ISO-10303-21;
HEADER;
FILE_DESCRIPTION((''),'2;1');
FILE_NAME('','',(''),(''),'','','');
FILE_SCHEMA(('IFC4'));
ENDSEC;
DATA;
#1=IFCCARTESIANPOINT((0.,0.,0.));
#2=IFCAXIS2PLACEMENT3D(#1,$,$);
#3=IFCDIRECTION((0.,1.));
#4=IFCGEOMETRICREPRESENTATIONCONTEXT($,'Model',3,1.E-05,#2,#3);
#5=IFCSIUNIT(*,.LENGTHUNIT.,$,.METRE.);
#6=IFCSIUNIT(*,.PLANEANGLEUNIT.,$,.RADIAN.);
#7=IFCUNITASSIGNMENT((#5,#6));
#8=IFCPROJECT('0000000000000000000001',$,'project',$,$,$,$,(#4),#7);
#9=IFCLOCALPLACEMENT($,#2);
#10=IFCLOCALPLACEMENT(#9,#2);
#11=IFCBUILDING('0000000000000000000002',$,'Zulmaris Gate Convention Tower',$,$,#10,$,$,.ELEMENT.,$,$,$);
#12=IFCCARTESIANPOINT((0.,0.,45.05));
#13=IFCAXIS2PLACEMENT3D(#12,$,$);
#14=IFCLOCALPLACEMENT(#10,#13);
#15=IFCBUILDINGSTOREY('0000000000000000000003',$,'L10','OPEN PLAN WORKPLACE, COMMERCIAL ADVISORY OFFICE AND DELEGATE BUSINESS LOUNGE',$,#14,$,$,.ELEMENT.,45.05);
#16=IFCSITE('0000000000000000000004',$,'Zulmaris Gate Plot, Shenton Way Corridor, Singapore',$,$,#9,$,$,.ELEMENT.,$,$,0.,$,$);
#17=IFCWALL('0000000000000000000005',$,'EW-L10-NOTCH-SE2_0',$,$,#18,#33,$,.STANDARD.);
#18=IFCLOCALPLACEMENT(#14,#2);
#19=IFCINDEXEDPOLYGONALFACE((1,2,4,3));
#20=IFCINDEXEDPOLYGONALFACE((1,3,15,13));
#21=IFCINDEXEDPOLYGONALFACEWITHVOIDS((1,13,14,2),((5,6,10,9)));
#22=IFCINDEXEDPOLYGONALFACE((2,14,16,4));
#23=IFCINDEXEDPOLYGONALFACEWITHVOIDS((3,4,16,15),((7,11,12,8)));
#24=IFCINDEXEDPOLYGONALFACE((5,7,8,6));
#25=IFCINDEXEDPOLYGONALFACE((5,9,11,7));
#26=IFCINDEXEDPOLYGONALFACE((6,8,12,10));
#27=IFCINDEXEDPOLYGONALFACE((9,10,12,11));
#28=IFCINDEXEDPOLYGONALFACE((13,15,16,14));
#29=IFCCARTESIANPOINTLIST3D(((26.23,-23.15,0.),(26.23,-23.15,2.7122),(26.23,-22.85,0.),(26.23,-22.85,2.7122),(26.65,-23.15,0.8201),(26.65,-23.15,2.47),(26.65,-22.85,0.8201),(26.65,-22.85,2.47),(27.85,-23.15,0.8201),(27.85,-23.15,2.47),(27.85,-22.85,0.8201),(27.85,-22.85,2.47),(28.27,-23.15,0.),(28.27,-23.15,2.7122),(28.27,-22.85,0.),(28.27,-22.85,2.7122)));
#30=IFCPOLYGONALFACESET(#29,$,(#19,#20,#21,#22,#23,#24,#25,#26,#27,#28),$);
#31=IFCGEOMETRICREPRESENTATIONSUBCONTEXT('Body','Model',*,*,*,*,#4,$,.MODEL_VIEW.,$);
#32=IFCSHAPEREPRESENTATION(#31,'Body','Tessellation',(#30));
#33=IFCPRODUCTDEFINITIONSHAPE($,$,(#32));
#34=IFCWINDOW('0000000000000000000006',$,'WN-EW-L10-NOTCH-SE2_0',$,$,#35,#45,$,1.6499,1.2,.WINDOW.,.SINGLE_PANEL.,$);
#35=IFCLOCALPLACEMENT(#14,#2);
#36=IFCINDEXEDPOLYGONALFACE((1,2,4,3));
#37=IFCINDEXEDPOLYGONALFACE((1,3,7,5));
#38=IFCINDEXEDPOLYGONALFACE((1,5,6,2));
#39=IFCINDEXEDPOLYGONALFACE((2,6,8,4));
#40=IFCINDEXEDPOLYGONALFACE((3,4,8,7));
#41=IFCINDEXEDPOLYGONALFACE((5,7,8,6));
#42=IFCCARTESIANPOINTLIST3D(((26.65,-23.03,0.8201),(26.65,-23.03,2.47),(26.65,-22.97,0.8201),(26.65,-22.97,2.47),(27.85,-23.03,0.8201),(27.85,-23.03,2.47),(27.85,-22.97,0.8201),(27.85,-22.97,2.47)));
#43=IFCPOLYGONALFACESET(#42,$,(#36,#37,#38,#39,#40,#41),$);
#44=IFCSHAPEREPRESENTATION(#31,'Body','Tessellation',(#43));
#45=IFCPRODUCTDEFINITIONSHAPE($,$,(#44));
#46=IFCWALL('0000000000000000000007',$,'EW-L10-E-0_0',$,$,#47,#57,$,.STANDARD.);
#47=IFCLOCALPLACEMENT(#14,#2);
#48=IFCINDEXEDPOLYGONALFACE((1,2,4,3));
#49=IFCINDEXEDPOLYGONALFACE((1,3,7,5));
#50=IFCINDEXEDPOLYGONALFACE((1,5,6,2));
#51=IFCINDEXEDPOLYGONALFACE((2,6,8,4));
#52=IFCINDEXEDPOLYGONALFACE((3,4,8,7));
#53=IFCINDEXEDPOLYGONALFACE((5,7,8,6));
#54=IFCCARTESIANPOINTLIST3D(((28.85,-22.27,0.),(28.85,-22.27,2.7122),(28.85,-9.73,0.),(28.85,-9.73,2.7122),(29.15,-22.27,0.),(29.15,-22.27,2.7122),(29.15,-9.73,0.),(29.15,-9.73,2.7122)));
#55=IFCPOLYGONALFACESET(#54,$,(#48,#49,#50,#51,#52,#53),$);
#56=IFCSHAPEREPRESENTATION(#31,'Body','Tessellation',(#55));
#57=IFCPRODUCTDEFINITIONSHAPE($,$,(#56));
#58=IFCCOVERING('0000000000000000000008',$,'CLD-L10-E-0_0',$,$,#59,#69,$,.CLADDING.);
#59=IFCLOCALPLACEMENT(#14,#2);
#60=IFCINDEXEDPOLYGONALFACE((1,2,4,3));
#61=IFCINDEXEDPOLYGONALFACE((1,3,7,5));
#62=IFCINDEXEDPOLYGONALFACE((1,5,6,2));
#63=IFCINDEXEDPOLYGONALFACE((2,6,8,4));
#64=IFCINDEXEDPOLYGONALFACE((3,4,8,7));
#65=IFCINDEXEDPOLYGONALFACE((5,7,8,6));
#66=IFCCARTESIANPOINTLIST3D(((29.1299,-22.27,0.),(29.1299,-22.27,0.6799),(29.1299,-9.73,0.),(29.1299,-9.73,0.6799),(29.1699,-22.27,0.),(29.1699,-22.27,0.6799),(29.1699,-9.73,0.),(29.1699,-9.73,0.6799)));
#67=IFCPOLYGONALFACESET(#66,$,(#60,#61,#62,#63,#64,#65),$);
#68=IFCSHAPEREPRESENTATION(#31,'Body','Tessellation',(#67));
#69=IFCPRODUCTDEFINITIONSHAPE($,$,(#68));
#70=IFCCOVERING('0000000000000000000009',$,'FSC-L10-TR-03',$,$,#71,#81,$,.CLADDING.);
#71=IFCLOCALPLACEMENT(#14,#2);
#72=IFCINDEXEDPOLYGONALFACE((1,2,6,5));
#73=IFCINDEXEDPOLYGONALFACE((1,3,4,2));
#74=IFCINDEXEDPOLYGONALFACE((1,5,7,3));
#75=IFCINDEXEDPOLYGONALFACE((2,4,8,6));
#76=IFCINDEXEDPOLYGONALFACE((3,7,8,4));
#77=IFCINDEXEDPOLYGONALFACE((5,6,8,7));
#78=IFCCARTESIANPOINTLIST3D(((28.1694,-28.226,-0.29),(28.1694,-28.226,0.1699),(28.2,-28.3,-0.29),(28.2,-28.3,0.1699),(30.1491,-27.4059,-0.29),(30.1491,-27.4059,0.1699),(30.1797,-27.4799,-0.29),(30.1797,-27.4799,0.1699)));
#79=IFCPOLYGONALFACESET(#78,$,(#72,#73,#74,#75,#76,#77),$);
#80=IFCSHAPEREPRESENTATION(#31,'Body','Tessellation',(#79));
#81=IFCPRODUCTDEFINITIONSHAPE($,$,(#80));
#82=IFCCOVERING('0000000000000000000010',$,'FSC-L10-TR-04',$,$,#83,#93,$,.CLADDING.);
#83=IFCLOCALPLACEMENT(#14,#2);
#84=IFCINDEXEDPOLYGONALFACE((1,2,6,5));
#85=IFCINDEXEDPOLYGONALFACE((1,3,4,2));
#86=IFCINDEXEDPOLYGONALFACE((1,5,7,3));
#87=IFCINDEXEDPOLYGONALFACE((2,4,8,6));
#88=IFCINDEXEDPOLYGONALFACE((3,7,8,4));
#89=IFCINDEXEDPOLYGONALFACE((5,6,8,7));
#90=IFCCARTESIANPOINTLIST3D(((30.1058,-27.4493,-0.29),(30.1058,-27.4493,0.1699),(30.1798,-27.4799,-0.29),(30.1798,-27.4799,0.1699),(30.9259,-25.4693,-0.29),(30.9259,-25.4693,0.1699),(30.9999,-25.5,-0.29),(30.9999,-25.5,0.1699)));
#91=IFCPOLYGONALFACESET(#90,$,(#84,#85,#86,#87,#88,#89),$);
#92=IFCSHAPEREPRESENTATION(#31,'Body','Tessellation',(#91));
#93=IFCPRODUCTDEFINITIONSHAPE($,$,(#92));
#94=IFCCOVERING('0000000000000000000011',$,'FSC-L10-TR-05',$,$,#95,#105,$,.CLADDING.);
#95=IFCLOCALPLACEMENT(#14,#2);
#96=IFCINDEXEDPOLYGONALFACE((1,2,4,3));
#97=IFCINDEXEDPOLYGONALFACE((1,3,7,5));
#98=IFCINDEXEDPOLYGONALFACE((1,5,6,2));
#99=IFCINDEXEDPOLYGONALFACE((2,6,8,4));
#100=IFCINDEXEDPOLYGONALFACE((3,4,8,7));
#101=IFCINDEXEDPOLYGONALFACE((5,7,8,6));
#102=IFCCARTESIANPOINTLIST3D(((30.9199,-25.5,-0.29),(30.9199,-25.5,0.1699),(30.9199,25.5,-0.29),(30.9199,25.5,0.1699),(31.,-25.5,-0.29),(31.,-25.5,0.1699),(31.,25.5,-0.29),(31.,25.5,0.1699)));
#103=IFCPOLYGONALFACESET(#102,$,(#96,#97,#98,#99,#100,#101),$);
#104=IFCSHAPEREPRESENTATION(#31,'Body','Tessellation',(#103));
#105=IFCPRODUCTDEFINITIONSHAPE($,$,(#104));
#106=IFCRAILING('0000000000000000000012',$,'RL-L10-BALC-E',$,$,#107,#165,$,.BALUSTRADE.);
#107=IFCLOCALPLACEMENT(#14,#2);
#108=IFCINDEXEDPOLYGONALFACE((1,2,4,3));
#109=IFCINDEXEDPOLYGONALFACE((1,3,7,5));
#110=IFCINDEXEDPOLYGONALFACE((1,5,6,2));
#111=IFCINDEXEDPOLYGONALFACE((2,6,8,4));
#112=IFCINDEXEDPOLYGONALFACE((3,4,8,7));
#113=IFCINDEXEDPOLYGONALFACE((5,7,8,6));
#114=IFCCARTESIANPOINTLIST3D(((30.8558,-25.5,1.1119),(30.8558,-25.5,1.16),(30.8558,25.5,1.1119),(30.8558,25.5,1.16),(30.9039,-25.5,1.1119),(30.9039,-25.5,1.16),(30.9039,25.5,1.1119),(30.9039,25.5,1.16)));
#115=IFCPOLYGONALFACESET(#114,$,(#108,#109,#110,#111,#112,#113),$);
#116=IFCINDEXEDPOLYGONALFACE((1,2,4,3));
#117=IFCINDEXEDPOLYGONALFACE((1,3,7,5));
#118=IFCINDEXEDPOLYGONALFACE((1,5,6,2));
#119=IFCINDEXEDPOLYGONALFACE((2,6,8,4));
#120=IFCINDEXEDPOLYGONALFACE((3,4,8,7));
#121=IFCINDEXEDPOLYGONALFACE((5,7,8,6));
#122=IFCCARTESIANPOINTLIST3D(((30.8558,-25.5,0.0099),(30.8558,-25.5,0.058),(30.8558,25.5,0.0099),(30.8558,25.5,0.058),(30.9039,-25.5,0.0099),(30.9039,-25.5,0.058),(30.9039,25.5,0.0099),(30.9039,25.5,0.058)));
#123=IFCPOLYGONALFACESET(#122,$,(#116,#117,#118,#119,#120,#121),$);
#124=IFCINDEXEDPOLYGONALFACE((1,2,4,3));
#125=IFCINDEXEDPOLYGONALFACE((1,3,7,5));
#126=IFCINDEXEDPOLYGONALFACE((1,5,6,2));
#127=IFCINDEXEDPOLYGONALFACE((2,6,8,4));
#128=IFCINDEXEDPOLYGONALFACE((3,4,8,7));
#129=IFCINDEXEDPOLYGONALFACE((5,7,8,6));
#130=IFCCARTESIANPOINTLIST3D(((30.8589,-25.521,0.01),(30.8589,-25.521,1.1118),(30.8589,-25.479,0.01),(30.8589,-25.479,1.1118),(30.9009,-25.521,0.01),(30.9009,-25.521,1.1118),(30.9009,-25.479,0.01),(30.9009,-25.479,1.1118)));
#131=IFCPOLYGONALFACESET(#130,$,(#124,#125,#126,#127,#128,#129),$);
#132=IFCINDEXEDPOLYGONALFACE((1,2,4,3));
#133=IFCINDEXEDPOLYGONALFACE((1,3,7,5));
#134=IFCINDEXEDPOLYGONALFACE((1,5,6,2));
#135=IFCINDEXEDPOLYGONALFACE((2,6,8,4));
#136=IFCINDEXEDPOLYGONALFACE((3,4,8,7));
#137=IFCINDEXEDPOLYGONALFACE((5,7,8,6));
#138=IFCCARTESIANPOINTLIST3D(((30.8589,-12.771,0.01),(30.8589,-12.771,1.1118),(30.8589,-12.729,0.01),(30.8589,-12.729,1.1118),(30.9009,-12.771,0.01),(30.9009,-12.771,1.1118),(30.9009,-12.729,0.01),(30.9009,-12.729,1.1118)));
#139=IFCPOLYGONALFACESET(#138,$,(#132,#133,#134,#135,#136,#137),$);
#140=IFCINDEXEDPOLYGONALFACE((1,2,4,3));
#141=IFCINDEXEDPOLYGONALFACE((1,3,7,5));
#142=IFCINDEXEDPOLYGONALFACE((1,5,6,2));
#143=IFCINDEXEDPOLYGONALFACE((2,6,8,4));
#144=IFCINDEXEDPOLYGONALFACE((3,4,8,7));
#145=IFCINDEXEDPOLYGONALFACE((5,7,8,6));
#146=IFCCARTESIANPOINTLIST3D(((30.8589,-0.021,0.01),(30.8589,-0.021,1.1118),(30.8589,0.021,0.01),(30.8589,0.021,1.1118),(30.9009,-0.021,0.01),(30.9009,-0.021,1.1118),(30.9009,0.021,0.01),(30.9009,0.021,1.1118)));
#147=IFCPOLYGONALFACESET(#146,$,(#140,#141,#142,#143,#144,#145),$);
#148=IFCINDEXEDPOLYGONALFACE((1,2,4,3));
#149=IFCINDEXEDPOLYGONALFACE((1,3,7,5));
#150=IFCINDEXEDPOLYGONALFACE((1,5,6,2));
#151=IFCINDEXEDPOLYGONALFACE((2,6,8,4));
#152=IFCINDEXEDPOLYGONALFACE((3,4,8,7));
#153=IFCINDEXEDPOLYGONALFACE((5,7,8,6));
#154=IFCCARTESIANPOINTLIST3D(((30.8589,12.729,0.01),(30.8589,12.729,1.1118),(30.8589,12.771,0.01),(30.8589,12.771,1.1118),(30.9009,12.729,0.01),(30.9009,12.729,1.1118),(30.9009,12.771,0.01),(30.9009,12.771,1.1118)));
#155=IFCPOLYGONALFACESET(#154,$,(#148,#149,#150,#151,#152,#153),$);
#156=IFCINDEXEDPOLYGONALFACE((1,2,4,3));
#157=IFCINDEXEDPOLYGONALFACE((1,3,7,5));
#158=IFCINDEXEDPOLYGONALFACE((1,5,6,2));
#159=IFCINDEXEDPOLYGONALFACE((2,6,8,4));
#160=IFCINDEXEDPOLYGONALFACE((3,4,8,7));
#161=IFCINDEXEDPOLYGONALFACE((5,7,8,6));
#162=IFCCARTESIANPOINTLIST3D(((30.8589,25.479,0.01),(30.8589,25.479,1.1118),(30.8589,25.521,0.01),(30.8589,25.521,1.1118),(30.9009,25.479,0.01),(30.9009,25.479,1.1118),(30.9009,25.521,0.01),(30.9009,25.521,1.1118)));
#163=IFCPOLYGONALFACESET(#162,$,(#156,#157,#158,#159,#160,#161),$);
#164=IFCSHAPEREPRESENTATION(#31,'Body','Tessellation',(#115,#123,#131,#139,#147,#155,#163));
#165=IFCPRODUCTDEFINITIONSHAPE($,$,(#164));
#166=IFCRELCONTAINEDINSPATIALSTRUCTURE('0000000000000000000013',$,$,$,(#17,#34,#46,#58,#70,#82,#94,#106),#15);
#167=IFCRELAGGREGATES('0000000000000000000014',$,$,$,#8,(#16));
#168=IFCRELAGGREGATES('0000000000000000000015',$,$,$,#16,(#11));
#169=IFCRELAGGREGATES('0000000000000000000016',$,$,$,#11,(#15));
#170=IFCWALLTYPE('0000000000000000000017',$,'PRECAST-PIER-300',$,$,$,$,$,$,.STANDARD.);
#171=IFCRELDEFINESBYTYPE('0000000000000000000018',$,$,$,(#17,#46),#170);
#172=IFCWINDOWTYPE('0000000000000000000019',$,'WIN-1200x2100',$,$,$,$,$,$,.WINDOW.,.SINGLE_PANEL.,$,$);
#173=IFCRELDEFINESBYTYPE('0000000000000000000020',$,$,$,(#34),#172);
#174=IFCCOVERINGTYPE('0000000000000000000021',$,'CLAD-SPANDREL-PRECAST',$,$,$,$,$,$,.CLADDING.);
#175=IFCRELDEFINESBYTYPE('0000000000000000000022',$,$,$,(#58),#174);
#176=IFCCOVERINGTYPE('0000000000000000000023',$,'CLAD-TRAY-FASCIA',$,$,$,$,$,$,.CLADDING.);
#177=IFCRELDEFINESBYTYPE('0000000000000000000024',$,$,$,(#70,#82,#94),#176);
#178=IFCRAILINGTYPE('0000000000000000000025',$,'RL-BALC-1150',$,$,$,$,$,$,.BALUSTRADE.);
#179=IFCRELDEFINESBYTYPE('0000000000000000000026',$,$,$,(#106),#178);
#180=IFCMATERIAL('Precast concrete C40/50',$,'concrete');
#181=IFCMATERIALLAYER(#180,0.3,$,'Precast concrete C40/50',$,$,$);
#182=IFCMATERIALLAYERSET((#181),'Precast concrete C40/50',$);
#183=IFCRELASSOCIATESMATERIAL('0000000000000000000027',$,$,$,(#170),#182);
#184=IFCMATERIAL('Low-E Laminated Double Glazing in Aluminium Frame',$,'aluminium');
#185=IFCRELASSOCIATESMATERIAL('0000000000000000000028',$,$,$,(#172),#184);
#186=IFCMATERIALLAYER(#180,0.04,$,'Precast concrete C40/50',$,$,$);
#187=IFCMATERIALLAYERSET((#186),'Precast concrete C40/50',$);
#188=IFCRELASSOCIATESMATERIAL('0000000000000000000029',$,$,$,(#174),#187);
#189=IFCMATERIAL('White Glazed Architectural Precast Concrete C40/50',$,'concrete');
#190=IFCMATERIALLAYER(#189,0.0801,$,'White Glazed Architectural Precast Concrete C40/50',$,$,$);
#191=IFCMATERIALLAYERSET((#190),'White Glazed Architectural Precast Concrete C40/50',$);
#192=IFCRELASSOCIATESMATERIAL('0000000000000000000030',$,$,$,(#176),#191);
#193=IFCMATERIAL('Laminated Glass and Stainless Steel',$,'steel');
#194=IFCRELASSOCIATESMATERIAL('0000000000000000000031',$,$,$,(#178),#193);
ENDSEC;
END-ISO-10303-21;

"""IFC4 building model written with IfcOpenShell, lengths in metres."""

from ifc_helpers import new_model, si_unit, direction, frame, frame_2d, origin, origin_2d, place, context, subcontext, project, spatial, rectangle, extrude, material, layer, layer_set, type_object, element, fill, save


model = new_model("IFC4")

# Units and contexts
model_context = context("Model", 3, precision=1e-05, world=origin(), true_north=direction((0.0, 1.0)))
body_context = subcontext(model_context, "Body", "Model", "MODEL_VIEW")
ifc_project = project(units=[si_unit("LENGTHUNIT", "METRE"), si_unit("PLANEANGLEUNIT", "RADIAN")], contexts=[model_context])

# Site, building, storey
site_placement = place(None, origin())
site = spatial("IfcSite", under=ifc_project, at=site_placement, Name="Zulmaris Gate Plot, Shenton Way Corridor, Singapore", CompositionType="ELEMENT", RefElevation=0.0)
building_placement = place(site_placement, origin())
building = spatial("IfcBuilding", under=site, at=building_placement, Name="Zulmaris Gate Convention Tower", CompositionType="ELEMENT")
storey_placement = place(building_placement, frame((0.0, 0.0, 45.05)))
storey = spatial("IfcBuildingStorey", under=building, at=storey_placement, Name="L10", Description="OPEN PLAN WORKPLACE, COMMERCIAL ADVISORY OFFICE AND DELEGATE BUSINESS LOUNGE", CompositionType="ELEMENT", Elevation=45.05)

# Wall, opening, window
ifc_material_1 = material(Name="Precast concrete C40/50", Category="concrete")
ifc_layer_1 = layer(ifc_material_1, 0.3, Name="Precast concrete C40/50")
ifc_layer_set_1 = layer_set([ifc_layer_1], Name="Precast concrete C40/50")
wall_type_1 = type_object("IfcWallType", Name="PRECAST-PIER-300", PredefinedType="STANDARD", material=ifc_layer_set_1)
ifc_material_2 = material(Name="Low-E Laminated Double Glazing in Aluminium Frame", Category="aluminium")
window_type = type_object("IfcWindowType", Name="WIN-1200x2100", PartitioningType="SINGLE_PANEL", PredefinedType="WINDOW", material=ifc_material_2)
wall_1_placement = place(storey_placement, frame((26.23, -23.0, 0.0), z_axis=(0.0, 0.0, 1.0), x_axis=(1.0, 0.0, 0.0)))
wall_1 = element("IfcWall", 1, at=wall_1_placement, inside=storey, type_object=wall_type_1, Name="EW-L10-NOTCH-SE2_0", PredefinedType="STANDARD", context=body_context, shape_type="SweptSolid", body=[
    extrude(rectangle(XDim=2.04, YDim=0.3, at=frame_2d((1.02, 0.0))), origin(), (0.0, 0.0, 1.0), 2.7122),
])
opening_1_placement = place(wall_1_placement, frame((0.4199, 0.0, 0.8201)))
opening_1 = element("IfcOpeningElement", 2, at=opening_1_placement, cuts=wall_1, PredefinedType="OPENING", context=body_context, shape_type="SweptSolid", body=[
    extrude(rectangle(XDim=1.2, YDim=1.6499, at=frame_2d((0.6001, 0.825))), frame((0.0, 0.1602, 0.0), z_axis=(0.0, -1.0, 0.0), x_axis=(1.0, 0.0, 0.0)), (0.0, 0.0, 1.0), 0.3201),
])
window_1_placement = place(opening_1_placement, origin())
window_1 = element("IfcWindow", 3, at=window_1_placement, inside=storey, type_object=window_type, Name="WN-EW-L10-NOTCH-SE2_0", OverallHeight=1.6499, OverallWidth=1.2, PartitioningType="SINGLE_PANEL", PredefinedType="WINDOW", context=body_context, shape_type="SweptSolid", body=[
    extrude(rectangle(XDim=1.2, YDim=1.6499, at=frame_2d((0.6001, 0.825))), frame((0.0, 0.03, 0.0), z_axis=(0.0, -1.0, 0.0), x_axis=(1.0, 0.0, 0.0)), (0.0, 0.0, 1.0), 0.0601),
])
fill(opening_1, window_1)

# Wall
wall_2_placement = place(storey_placement, frame((29.0, -22.27, 0.0), z_axis=(0.0, 0.0, 1.0), x_axis=(0.0, 1.0, 0.0)))
element("IfcWall", 4, at=wall_2_placement, inside=storey, type_object=wall_type_1, Name="EW-L10-E-0_0", PredefinedType="STANDARD", context=body_context, shape_type="SweptSolid", body=[
    extrude(rectangle(XDim=12.54, YDim=0.3, at=frame_2d((6.27, 0.0))), origin(), (0.0, 0.0, 1.0), 2.7122),
])

# Coverings
ifc_layer_2 = layer(ifc_material_1, 0.04, Name="Precast concrete C40/50")
ifc_layer_set_2 = layer_set([ifc_layer_2], Name="Precast concrete C40/50")
covering_type_1 = type_object("IfcCoveringType", Name="CLAD-SPANDREL-PRECAST", PredefinedType="CLADDING", material=ifc_layer_set_2)
covering_1_placement = place(storey_placement, frame((29.1499, -22.27, 0.0), z_axis=(0.0, 0.0, 1.0), x_axis=(0.0, 1.0, 0.0)))
element("IfcCovering", 5, at=covering_1_placement, inside=storey, type_object=covering_type_1, Name="CLD-L10-E-0_0", PredefinedType="CLADDING", context=body_context, shape_type="SweptSolid", body=[
    extrude(rectangle(XDim=12.54, YDim=0.04, at=frame_2d((6.27, 0.0))), origin(), (0.0, 0.0, 1.0), 0.6799),
])
ifc_material_3 = material(Name="White Glazed Architectural Precast Concrete C40/50", Category="concrete")
ifc_layer_3 = layer(ifc_material_3, 0.0801, Name="White Glazed Architectural Precast Concrete C40/50")
ifc_layer_set_3 = layer_set([ifc_layer_3], Name="White Glazed Architectural Precast Concrete C40/50")
covering_type_2 = type_object("IfcCoveringType", Name="CLAD-TRAY-FASCIA", PredefinedType="CLADDING", material=ifc_layer_set_3)
covering_2_placement = place(storey_placement, frame((28.1848, -28.2629, -0.29), z_axis=(0.0, 0.0, 1.0), x_axis=(0.923874, 0.382697, 0.0)))
element("IfcCovering", 6, at=covering_2_placement, inside=storey, type_object=covering_type_2, Name="FSC-L10-TR-03", PredefinedType="CLADDING", context=body_context, shape_type="SweptSolid", body=[
    extrude(rectangle(XDim=2.1428, YDim=0.0801, at=frame_2d((1.0713, 0.0))), origin(), (0.0, 0.0, 1.0), 0.46),
])
covering_3_placement = place(storey_placement, frame((30.1428, -27.4646, -0.29), z_axis=(0.0, 0.0, 1.0), x_axis=(0.382657, 0.92389, 0.0)))
element("IfcCovering", 7, at=covering_3_placement, inside=storey, type_object=covering_type_2, Name="FSC-L10-TR-04", PredefinedType="CLADDING", context=body_context, shape_type="SweptSolid", body=[
    extrude(rectangle(XDim=2.1431, YDim=0.0801, at=frame_2d((1.0715, 0.0))), origin(), (0.0, 0.0, 1.0), 0.46),
])
covering_4_placement = place(storey_placement, frame((30.96, -25.5, -0.29), z_axis=(0.0, 0.0, 1.0), x_axis=(0.0, 1.0, 0.0)))
element("IfcCovering", 8, at=covering_4_placement, inside=storey, type_object=covering_type_2, Name="FSC-L10-TR-05", PredefinedType="CLADDING", context=body_context, shape_type="SweptSolid", body=[
    extrude(rectangle(XDim=51.0, YDim=0.0801, at=frame_2d((25.5, 0.0))), origin(), (0.0, 0.0, 1.0), 0.46),
])

# Railing
ifc_material_4 = material(Name="Laminated Glass and Stainless Steel", Category="steel")
railing_type = type_object("IfcRailingType", Name="RL-BALC-1150", PredefinedType="BALUSTRADE", material=ifc_material_4)
railing_placement = place(storey_placement, frame((30.8799, -25.5, 0.01)))
element("IfcRailing", 9, at=railing_placement, inside=storey, type_object=railing_type, Name="RL-L10-BALC-E", PredefinedType="BALUSTRADE", context=body_context, shape_type="SweptSolid", body=[
    extrude(rectangle(XDim=0.0481, YDim=0.0481, at=origin_2d()), frame((0.0, 0.0, 1.126), z_axis=(0.0, 1.0, 0.0), x_axis=(-1.0, 0.0, 0.0)), (0.0, 0.0, 1.0), 51.0),
    extrude(rectangle(XDim=0.0481, YDim=0.0481, at=origin_2d()), frame((0.0, 0.0, 0.0239), z_axis=(0.0, 1.0, 0.0), x_axis=(-1.0, 0.0, 0.0)), (0.0, 0.0, 1.0), 51.0),
    extrude(rectangle(XDim=0.042, YDim=0.042, at=origin_2d()), origin(), (0.0, 0.0, 1.0), 1.1018),
    extrude(rectangle(XDim=0.042, YDim=0.042, at=origin_2d()), frame((0.0, 12.75, 0.0)), (0.0, 0.0, 1.0), 1.1018),
    extrude(rectangle(XDim=0.042, YDim=0.042, at=origin_2d()), frame((0.0, 25.5, 0.0)), (0.0, 0.0, 1.0), 1.1018),
    extrude(rectangle(XDim=0.042, YDim=0.042, at=origin_2d()), frame((0.0, 38.25, 0.0)), (0.0, 0.0, 1.0), 1.1018),
    extrude(rectangle(XDim=0.042, YDim=0.042, at=origin_2d()), frame((0.0, 51.0, 0.0)), (0.0, 0.0, 1.0), 1.1018),
])

save(model, "model.ifc")
